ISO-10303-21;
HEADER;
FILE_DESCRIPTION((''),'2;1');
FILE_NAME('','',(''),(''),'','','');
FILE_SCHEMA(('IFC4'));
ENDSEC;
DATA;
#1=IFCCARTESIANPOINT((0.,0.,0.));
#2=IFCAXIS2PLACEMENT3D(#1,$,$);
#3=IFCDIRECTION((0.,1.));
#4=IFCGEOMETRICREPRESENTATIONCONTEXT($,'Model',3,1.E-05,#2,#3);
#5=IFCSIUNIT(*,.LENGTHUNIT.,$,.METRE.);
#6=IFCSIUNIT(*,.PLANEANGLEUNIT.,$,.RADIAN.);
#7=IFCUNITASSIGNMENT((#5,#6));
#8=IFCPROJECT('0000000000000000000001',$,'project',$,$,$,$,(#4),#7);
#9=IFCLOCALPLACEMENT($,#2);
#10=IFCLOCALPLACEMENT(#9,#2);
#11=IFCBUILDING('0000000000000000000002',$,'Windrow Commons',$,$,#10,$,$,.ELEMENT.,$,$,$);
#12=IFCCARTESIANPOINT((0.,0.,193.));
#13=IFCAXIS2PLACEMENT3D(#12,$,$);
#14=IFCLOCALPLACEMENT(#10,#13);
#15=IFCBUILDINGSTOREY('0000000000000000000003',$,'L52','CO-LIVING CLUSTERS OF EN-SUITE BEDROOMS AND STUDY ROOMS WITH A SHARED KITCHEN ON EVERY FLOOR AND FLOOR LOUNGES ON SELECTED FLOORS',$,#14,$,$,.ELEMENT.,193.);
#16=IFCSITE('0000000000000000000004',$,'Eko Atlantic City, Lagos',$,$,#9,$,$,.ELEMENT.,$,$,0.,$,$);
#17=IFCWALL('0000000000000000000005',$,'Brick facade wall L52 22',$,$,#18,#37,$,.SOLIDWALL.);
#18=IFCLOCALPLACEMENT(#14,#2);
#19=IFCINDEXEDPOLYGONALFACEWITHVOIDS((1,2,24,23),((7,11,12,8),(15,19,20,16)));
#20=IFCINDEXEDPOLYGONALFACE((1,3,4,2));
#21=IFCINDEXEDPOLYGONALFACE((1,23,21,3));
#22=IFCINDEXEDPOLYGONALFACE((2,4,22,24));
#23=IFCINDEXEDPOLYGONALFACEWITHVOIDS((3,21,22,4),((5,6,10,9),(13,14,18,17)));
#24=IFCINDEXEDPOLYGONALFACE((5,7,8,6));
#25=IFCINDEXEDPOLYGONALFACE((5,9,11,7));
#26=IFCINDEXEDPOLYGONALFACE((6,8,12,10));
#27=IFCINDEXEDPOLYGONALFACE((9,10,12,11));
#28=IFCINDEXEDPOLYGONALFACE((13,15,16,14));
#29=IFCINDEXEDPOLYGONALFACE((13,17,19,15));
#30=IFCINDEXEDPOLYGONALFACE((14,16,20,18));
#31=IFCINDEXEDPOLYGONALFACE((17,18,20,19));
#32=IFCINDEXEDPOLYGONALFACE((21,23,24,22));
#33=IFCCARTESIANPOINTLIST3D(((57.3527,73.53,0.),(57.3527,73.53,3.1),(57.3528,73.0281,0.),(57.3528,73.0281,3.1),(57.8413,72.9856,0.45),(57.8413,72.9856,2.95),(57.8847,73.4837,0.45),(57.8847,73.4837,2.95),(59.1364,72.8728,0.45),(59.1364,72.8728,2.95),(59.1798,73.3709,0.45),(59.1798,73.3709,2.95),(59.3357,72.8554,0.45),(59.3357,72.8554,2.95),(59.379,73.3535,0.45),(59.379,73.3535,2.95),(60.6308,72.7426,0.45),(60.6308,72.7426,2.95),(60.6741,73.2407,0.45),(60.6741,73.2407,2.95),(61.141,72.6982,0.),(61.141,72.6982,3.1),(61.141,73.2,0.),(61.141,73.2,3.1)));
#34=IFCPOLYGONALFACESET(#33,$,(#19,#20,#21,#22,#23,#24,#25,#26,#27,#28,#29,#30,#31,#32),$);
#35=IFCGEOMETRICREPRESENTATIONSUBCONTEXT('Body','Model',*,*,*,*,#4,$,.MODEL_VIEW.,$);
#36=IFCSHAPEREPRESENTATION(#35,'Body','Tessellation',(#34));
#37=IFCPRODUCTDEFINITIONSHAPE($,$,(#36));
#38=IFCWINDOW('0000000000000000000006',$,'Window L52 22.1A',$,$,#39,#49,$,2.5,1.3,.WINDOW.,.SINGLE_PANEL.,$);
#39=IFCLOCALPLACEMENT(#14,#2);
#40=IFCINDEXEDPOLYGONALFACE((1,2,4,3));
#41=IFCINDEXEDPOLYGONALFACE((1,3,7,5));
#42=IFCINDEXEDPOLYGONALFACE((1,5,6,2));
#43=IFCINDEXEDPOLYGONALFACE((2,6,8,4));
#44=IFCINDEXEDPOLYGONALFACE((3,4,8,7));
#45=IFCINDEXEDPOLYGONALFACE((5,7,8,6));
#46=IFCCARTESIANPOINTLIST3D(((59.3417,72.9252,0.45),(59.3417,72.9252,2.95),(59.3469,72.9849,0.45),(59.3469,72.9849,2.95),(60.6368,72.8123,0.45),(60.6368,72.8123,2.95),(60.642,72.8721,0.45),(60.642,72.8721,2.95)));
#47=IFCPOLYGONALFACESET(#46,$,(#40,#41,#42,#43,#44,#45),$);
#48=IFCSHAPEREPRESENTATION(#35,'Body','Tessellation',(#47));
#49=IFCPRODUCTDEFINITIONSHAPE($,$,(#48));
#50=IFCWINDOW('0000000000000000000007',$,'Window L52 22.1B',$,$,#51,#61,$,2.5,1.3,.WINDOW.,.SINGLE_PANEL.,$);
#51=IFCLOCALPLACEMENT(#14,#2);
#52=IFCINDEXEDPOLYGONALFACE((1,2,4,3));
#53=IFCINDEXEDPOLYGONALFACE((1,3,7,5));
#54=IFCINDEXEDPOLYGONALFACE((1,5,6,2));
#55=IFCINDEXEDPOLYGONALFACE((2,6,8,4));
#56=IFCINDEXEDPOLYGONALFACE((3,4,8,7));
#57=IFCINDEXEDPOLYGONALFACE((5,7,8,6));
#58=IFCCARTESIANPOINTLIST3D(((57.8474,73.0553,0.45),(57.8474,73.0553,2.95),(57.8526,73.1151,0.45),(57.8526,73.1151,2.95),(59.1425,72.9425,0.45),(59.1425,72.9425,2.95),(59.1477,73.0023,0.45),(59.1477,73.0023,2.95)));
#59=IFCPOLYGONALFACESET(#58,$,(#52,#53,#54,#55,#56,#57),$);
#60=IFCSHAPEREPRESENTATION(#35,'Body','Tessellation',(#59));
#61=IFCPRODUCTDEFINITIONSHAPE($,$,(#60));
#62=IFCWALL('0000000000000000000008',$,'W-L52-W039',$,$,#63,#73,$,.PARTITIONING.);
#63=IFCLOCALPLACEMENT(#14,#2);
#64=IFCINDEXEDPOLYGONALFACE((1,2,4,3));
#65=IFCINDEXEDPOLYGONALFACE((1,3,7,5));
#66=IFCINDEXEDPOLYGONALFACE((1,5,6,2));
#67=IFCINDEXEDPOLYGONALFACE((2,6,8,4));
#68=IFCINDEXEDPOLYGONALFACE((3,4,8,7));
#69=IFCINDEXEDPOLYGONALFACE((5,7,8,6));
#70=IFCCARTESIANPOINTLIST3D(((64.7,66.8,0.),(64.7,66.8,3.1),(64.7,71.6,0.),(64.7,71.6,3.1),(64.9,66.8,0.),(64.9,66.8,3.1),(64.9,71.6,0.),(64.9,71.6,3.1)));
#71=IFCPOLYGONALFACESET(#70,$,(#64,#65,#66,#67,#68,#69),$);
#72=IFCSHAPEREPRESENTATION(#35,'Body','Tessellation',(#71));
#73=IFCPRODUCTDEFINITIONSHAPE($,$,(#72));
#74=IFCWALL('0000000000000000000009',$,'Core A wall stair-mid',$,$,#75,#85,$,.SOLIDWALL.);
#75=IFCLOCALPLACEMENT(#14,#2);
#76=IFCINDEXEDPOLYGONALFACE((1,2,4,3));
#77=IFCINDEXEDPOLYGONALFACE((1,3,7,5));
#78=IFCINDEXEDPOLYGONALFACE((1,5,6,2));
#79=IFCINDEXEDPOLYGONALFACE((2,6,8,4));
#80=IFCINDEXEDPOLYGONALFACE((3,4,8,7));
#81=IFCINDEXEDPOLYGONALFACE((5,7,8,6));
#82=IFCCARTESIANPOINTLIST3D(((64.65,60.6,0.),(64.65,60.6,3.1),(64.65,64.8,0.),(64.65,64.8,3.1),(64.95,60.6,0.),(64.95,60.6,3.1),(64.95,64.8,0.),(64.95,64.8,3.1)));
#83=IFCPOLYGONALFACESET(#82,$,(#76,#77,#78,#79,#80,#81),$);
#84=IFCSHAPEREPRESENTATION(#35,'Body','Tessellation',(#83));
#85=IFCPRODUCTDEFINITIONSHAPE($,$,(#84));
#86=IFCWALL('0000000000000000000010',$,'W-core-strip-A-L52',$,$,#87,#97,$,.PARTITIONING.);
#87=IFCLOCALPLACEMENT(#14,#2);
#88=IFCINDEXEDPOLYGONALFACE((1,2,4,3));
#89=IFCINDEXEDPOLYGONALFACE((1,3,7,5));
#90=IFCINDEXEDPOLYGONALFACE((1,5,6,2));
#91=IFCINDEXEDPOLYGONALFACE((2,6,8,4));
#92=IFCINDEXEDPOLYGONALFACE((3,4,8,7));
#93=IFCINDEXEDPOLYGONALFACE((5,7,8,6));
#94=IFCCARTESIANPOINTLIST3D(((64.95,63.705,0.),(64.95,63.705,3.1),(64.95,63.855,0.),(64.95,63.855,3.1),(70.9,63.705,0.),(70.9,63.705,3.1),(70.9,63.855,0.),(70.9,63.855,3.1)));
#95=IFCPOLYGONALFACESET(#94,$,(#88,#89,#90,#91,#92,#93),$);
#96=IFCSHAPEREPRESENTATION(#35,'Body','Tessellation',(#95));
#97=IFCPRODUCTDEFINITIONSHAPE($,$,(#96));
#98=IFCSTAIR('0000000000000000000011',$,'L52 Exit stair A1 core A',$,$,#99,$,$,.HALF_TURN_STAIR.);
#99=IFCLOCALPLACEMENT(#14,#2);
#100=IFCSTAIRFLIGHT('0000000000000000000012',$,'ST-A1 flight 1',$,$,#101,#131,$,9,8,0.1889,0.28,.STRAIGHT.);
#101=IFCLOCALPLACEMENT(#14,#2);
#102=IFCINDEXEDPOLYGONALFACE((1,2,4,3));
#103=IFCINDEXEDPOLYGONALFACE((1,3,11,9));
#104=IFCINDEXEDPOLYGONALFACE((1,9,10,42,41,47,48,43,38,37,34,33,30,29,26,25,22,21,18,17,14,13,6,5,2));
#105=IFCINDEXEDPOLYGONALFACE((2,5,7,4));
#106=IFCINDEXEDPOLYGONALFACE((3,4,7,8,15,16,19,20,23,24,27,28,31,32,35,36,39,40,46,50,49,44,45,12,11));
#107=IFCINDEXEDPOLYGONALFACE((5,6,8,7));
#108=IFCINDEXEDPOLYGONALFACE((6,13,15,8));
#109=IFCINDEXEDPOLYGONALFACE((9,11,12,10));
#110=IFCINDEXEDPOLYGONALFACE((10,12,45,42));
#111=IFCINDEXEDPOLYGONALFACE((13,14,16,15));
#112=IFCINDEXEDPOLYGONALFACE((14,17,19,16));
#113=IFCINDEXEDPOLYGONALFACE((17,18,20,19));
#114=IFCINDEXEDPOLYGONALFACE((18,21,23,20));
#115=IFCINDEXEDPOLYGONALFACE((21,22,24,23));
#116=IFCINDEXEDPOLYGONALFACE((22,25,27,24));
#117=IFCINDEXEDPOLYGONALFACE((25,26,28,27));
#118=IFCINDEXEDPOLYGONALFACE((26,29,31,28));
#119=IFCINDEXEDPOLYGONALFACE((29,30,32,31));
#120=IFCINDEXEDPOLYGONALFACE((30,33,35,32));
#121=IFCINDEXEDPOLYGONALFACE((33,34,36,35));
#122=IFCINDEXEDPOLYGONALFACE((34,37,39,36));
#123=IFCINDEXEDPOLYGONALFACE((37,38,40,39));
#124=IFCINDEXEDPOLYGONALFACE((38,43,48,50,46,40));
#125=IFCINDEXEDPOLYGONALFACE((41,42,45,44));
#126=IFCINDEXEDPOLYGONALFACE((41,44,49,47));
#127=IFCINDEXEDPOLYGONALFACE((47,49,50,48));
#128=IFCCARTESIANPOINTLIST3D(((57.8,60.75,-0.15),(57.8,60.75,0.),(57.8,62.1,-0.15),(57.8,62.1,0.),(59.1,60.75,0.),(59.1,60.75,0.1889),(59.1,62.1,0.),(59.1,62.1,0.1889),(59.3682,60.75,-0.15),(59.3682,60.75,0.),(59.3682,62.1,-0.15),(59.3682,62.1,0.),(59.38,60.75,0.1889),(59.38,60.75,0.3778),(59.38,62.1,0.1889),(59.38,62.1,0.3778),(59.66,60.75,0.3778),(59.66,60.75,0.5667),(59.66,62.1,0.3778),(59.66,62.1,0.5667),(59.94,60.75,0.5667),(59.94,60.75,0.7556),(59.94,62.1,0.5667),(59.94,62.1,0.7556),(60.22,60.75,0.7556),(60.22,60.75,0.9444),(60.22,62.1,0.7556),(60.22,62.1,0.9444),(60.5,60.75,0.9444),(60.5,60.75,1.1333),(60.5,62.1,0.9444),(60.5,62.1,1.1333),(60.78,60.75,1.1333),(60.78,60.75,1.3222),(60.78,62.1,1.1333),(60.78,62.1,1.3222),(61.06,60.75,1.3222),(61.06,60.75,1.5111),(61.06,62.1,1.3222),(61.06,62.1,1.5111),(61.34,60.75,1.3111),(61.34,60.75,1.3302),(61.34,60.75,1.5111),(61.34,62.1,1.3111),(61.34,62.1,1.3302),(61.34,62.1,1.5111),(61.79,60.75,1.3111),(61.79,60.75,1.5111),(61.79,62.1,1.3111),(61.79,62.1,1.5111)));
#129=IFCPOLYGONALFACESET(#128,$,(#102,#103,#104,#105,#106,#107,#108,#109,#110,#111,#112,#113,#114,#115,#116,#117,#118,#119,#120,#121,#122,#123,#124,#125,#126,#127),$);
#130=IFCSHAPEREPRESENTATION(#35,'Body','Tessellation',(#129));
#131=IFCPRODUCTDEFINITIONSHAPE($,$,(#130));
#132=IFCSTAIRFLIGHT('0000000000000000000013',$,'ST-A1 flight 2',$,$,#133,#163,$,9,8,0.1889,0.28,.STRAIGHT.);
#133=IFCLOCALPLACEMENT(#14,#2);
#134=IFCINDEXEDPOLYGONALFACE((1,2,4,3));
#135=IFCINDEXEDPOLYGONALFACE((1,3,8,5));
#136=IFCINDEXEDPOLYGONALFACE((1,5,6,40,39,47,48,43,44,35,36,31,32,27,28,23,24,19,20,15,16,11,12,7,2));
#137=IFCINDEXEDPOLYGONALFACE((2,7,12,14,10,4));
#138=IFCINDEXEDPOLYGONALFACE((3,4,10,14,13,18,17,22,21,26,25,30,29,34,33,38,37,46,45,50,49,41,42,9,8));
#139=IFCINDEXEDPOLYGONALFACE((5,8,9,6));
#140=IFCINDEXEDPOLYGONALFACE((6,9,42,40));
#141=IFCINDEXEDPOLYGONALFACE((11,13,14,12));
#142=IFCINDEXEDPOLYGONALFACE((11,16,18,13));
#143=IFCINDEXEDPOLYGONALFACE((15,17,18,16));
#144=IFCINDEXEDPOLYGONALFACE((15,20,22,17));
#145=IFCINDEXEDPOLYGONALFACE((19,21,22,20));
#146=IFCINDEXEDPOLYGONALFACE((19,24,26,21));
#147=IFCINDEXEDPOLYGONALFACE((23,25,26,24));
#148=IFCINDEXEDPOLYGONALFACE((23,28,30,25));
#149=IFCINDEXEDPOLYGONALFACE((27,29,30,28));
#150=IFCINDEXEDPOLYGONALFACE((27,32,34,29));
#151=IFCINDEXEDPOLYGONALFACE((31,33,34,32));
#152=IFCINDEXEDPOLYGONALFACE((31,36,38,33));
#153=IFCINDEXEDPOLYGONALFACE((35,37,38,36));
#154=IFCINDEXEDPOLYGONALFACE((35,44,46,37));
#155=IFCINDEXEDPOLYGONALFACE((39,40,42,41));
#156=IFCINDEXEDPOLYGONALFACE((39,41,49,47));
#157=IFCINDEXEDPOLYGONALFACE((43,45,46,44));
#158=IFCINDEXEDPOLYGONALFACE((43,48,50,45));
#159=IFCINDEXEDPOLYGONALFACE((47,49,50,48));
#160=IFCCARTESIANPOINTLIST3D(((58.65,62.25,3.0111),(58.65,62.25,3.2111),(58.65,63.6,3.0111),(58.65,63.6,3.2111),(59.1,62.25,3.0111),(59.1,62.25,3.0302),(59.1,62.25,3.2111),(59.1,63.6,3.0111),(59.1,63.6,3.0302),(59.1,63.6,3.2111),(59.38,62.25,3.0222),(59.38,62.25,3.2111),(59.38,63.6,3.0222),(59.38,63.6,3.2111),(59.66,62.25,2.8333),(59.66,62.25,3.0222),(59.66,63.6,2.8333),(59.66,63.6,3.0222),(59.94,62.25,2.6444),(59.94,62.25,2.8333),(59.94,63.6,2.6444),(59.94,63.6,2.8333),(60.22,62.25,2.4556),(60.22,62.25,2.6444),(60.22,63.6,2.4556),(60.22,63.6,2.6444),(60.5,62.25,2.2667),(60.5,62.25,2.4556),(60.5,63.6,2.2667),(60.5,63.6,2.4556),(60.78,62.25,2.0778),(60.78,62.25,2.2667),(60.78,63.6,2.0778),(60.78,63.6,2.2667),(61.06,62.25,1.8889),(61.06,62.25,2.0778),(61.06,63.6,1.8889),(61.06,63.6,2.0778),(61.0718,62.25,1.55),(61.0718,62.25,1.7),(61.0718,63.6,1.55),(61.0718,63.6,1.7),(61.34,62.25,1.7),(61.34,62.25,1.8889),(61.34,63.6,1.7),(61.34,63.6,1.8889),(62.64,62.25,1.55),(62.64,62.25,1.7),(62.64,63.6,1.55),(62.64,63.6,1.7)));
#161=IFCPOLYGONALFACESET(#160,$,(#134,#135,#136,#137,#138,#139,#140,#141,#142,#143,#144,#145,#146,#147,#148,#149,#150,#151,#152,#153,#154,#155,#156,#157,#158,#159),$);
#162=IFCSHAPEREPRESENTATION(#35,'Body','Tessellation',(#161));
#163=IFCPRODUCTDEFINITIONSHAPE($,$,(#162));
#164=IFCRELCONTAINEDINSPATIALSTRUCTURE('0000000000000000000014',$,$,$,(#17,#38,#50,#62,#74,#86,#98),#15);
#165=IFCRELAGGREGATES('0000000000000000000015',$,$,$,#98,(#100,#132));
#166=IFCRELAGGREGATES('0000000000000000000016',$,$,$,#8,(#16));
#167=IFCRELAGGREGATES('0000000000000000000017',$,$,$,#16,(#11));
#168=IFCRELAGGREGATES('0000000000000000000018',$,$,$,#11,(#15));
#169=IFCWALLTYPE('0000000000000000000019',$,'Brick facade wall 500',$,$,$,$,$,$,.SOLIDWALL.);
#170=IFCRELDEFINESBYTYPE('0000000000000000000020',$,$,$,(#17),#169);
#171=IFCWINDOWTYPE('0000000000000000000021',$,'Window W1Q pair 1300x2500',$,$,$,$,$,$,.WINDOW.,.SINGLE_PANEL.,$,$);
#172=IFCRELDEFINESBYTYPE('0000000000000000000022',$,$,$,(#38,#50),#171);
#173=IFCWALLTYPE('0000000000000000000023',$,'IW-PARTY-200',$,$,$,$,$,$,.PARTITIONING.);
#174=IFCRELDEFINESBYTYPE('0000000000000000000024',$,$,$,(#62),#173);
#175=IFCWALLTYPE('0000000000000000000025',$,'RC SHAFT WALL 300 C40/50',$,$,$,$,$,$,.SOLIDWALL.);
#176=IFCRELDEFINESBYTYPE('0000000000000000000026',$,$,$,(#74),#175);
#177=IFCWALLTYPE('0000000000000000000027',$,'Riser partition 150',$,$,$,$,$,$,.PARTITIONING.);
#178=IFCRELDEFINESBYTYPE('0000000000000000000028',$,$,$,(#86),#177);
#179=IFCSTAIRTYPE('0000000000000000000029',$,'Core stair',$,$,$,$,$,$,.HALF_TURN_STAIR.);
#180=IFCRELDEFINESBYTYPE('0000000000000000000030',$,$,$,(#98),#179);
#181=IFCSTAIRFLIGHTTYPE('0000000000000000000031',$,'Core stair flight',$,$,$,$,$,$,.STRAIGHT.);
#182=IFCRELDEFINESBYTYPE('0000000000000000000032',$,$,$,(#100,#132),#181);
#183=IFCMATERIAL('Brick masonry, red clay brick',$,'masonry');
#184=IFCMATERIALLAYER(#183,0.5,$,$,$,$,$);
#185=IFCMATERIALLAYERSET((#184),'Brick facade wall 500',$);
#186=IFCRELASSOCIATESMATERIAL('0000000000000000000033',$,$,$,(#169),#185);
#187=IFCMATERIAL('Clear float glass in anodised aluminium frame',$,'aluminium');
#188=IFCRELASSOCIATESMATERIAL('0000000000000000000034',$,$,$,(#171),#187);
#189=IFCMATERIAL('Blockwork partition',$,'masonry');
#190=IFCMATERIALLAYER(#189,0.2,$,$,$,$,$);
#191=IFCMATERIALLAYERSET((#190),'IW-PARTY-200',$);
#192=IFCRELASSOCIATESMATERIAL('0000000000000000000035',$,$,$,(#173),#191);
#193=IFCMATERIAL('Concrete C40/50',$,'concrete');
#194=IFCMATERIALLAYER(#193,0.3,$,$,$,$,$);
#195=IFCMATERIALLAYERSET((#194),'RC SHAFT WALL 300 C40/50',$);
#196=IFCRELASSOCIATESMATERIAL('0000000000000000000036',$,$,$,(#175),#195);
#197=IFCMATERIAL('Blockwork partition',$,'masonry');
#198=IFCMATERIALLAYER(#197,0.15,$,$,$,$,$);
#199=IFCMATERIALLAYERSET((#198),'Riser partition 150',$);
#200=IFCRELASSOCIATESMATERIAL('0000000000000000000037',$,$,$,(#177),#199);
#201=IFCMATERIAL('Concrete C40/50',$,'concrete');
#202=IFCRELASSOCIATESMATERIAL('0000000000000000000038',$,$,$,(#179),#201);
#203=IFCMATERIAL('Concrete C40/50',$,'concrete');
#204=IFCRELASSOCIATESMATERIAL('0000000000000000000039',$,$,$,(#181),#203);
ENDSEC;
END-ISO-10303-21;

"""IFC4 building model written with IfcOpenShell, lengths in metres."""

from ifc_helpers import new_model, si_unit, direction, frame, frame_2d, origin, place, context, subcontext, project, spatial, polyline, rectangle, outline, extrude, material, layer, layer_set, type_object, element, fill, aggregate, save


model = new_model("IFC4")

# Units and contexts
model_context = context("Model", 3, precision=1e-05, world=origin(), true_north=direction((0.0, 1.0)))
body_context = subcontext(model_context, "Body", "Model", "MODEL_VIEW")
ifc_project = project(units=[si_unit("LENGTHUNIT", "METRE"), si_unit("PLANEANGLEUNIT", "RADIAN")], contexts=[model_context])

# Site, building, storey
site_placement = place(None, origin())
site = spatial("IfcSite", under=ifc_project, at=site_placement, Name="Eko Atlantic City, Lagos", CompositionType="ELEMENT", RefElevation=0.0)
building_placement = place(site_placement, origin())
building = spatial("IfcBuilding", under=site, at=building_placement, Name="Windrow Commons", CompositionType="ELEMENT")
storey_placement = place(building_placement, frame((0.0, 0.0, 193.0)))
storey = spatial("IfcBuildingStorey", under=building, at=storey_placement, Name="L52", Description="CO-LIVING CLUSTERS OF EN-SUITE BEDROOMS AND STUDY ROOMS WITH A SHARED KITCHEN ON EVERY FLOOR AND FLOOR LOUNGES ON SELECTED FLOORS", CompositionType="ELEMENT", Elevation=193.0)

# Wall, openings, windows
ifc_material_1 = material(Name="Brick masonry, red clay brick", Category="masonry")
ifc_layer_1 = layer(ifc_material_1, 0.5)
ifc_layer_set_1 = layer_set([ifc_layer_1], Name="Brick facade wall 500")
wall_type_1 = type_object("IfcWallType", Name="Brick facade wall 500", PredefinedType="SOLIDWALL", material=ifc_layer_set_1)
ifc_material_2 = material(Name="Clear float glass in anodised aluminium frame", Category="aluminium")
window_type = type_object("IfcWindowType", Name="Window W1Q pair 1300x2500", PartitioningType="SINGLE_PANEL", PredefinedType="WINDOW", material=ifc_material_2)
wall_1_placement = place(storey_placement, frame((61.141, 72.9491, 0.0), z_axis=(0.0, 0.0, 1.0), x_axis=(-0.996227, 0.086782, 0.0)))
wall_1 = element("IfcWall", 1, at=wall_1_placement, inside=storey, type_object=wall_type_1, Name="Brick facade wall L52 22", PredefinedType="SOLIDWALL", context=body_context, shape_type="SweptSolid", body=[
    extrude(outline(polyline([(0.0218, -0.25), (3.8244, -0.25), (3.7808, 0.25), (-0.0218, 0.25), (0.0218, -0.25)])), origin(), (0.0, 0.0, 1.0), 3.1),
])
opening_1_placement = place(wall_1_placement, frame((0.4904, 0.0, 0.45)))
opening_1 = element("IfcOpeningElement", 2, at=opening_1_placement, cuts=wall_1, PredefinedType="OPENING", context=body_context, shape_type="SweptSolid", body=[
    extrude(rectangle(XDim=1.3, YDim=2.5, at=frame_2d((0.65, 1.25))), frame((0.0, 0.26, 0.0), z_axis=(0.0, -1.0, 0.0), x_axis=(1.0, 0.0, 0.0)), (0.0, 0.0, 1.0), 0.52),
])
opening_2_placement = place(wall_1_placement, frame((1.9904, 0.0, 0.45)))
opening_2 = element("IfcOpeningElement", 3, at=opening_2_placement, cuts=wall_1, PredefinedType="OPENING", context=body_context, shape_type="SweptSolid", body=[
    extrude(rectangle(XDim=1.3, YDim=2.5, at=frame_2d((0.65, 1.25))), frame((0.0, 0.26, 0.0), z_axis=(0.0, -1.0, 0.0), x_axis=(1.0, 0.0, 0.0)), (0.0, 0.0, 1.0), 0.52),
])
window_1_placement = place(opening_1_placement, origin())
window_1 = element("IfcWindow", 4, at=window_1_placement, inside=storey, type_object=window_type, Name="Window L52 22.1A", OverallHeight=2.5, OverallWidth=1.3, PartitioningType="SINGLE_PANEL", PredefinedType="WINDOW", context=body_context, shape_type="SweptSolid", body=[
    extrude(rectangle(XDim=1.3, YDim=2.5, at=frame_2d((0.65, 1.25))), frame((0.0, 0.18, 0.0), z_axis=(0.0, -1.0, 0.0), x_axis=(1.0, 0.0, 0.0)), (0.0, 0.0, 1.0), 0.06),
])
fill(opening_1, window_1)
window_2_placement = place(opening_2_placement, origin())
window_2 = element("IfcWindow", 5, at=window_2_placement, inside=storey, type_object=window_type, Name="Window L52 22.1B", OverallHeight=2.5, OverallWidth=1.3, PartitioningType="SINGLE_PANEL", PredefinedType="WINDOW", context=body_context, shape_type="SweptSolid", body=[
    extrude(rectangle(XDim=1.3, YDim=2.5, at=frame_2d((0.65, 1.25))), frame((0.0, 0.18, 0.0), z_axis=(0.0, -1.0, 0.0), x_axis=(1.0, 0.0, 0.0)), (0.0, 0.0, 1.0), 0.06),
])
fill(opening_2, window_2)

# Walls
ifc_material_3 = material(Name="Blockwork partition", Category="masonry")
ifc_layer_2 = layer(ifc_material_3, 0.2)
ifc_layer_set_2 = layer_set([ifc_layer_2], Name="IW-PARTY-200")
wall_type_2 = type_object("IfcWallType", Name="IW-PARTY-200", PredefinedType="PARTITIONING", material=ifc_layer_set_2)
wall_2_placement = place(storey_placement, frame((64.8, 66.8, 0.0), z_axis=(0.0, 0.0, 1.0), x_axis=(0.0, 1.0, 0.0)))
element("IfcWall", 6, at=wall_2_placement, inside=storey, type_object=wall_type_2, Name="W-L52-W039", PredefinedType="PARTITIONING", context=body_context, shape_type="SweptSolid", body=[
    extrude(rectangle(XDim=4.8, YDim=0.2, at=frame_2d((2.4, 0.0))), origin(), (0.0, 0.0, 1.0), 3.1),
])
ifc_material_4 = material(Name="Concrete C40/50", Category="concrete")
ifc_layer_3 = layer(ifc_material_4, 0.3)
ifc_layer_set_3 = layer_set([ifc_layer_3], Name="RC SHAFT WALL 300 C40/50")
wall_type_3 = type_object("IfcWallType", Name="RC SHAFT WALL 300 C40/50", PredefinedType="SOLIDWALL", material=ifc_layer_set_3)
wall_3_placement = place(storey_placement, frame((64.8, 60.6, 0.0), z_axis=(0.0, 0.0, 1.0), x_axis=(0.0, 1.0, 0.0)))
element("IfcWall", 7, at=wall_3_placement, inside=storey, type_object=wall_type_3, Name="Core A wall stair-mid", PredefinedType="SOLIDWALL", context=body_context, shape_type="SweptSolid", body=[
    extrude(rectangle(XDim=4.2, YDim=0.3, at=frame_2d((2.1, 0.0))), origin(), (0.0, 0.0, 1.0), 3.1),
])
ifc_material_5 = material(Name="Blockwork partition", Category="masonry")
ifc_layer_4 = layer(ifc_material_5, 0.15)
ifc_layer_set_4 = layer_set([ifc_layer_4], Name="Riser partition 150")
wall_type_4 = type_object("IfcWallType", Name="Riser partition 150", PredefinedType="PARTITIONING", material=ifc_layer_set_4)
wall_4_placement = place(storey_placement, frame((64.95, 63.78, 0.0), z_axis=(0.0, 0.0, 1.0), x_axis=(1.0, 0.0, 0.0)))
element("IfcWall", 8, at=wall_4_placement, inside=storey, type_object=wall_type_4, Name="W-core-strip-A-L52", PredefinedType="PARTITIONING", context=body_context, shape_type="SweptSolid", body=[
    extrude(rectangle(XDim=5.95, YDim=0.15, at=frame_2d((2.975, 0.0))), origin(), (0.0, 0.0, 1.0), 3.1),
])

# Stair, stair flights
ifc_material_6 = material(Name="Concrete C40/50", Category="concrete")
stair_type = type_object("IfcStairType", Name="Core stair", PredefinedType="HALF_TURN_STAIR", material=ifc_material_6)
placement = place(storey_placement, origin())
stair_1 = element("IfcStair", 9, at=placement, inside=storey, type_object=stair_type, Name="L52 Exit stair A1 core A", PredefinedType="HALF_TURN_STAIR")
ifc_material_7 = material(Name="Concrete C40/50", Category="concrete")
stair_flight_type = type_object("IfcStairFlightType", Name="Core stair flight", PredefinedType="STRAIGHT", material=ifc_material_7)
stair_flight_1_placement = place(storey_placement, frame((59.1, 61.425, 0.0), z_axis=(0.0, 0.0, 1.0), x_axis=(1.0, 0.0, 0.0)))
stair_flight_1 = element("IfcStairFlight", 10, at=stair_flight_1_placement, type_object=stair_flight_type, Name="ST-A1 flight 1", NumberOfRisers=9, NumberOfTreads=8, PredefinedType="STRAIGHT", RiserHeight=0.1889, TreadLength=0.28, context=body_context, shape_type="SweptSolid", body=[
    extrude(outline(polyline([(-1.3, -0.15), (-1.3, 0.0), (0.0, 0.0), (0.0, 0.1889), (0.28, 0.1889), (0.28, 0.3778), (0.56, 0.3778), (0.56, 0.5667), (0.84, 0.5667), (0.84, 0.7556), (1.12, 0.7556), (1.12, 0.9444), (1.4, 0.9444), (1.4, 1.1333), (1.68, 1.1333), (1.68, 1.3222), (1.96, 1.3222), (1.96, 1.5111), (2.24, 1.5111), (2.69, 1.5111), (2.69, 1.3111), (2.24, 1.3111), (2.24, 1.3302), (0.2682, 0.0), (0.2682, -0.15), (-1.3, -0.15)])), frame((0.0, 0.675, 0.0), z_axis=(0.0, -1.0, 0.0), x_axis=(1.0, 0.0, 0.0)), (0.0, 0.0, 1.0), 1.35),
])
stair_flight_2_placement = place(storey_placement, frame((61.34, 62.925, 1.7), z_axis=(0.0, 0.0, 1.0), x_axis=(-1.0, 0.0, 0.0)))
stair_flight_2 = element("IfcStairFlight", 11, at=stair_flight_2_placement, type_object=stair_flight_type, Name="ST-A1 flight 2", NumberOfRisers=9, NumberOfTreads=8, PredefinedType="STRAIGHT", RiserHeight=0.1889, TreadLength=0.28, context=body_context, shape_type="SweptSolid", body=[
    extrude(outline(polyline([(-1.3, -0.15), (-1.3, 0.0), (0.0, 0.0), (0.0, 0.1889), (0.28, 0.1889), (0.28, 0.3778), (0.56, 0.3778), (0.56, 0.5667), (0.84, 0.5667), (0.84, 0.7556), (1.12, 0.7556), (1.12, 0.9444), (1.4, 0.9444), (1.4, 1.1333), (1.68, 1.1333), (1.68, 1.3222), (1.96, 1.3222), (1.96, 1.5111), (2.24, 1.5111), (2.69, 1.5111), (2.69, 1.3111), (2.24, 1.3111), (2.24, 1.3302), (0.2682, 0.0), (0.2682, -0.15), (-1.3, -0.15)])), frame((0.0, 0.675, 0.0), z_axis=(0.0, -1.0, 0.0), x_axis=(1.0, 0.0, 0.0)), (0.0, 0.0, 1.0), 1.35),
])
aggregate(stair_1, [stair_flight_1, stair_flight_2])

save(model, "model.ifc")
